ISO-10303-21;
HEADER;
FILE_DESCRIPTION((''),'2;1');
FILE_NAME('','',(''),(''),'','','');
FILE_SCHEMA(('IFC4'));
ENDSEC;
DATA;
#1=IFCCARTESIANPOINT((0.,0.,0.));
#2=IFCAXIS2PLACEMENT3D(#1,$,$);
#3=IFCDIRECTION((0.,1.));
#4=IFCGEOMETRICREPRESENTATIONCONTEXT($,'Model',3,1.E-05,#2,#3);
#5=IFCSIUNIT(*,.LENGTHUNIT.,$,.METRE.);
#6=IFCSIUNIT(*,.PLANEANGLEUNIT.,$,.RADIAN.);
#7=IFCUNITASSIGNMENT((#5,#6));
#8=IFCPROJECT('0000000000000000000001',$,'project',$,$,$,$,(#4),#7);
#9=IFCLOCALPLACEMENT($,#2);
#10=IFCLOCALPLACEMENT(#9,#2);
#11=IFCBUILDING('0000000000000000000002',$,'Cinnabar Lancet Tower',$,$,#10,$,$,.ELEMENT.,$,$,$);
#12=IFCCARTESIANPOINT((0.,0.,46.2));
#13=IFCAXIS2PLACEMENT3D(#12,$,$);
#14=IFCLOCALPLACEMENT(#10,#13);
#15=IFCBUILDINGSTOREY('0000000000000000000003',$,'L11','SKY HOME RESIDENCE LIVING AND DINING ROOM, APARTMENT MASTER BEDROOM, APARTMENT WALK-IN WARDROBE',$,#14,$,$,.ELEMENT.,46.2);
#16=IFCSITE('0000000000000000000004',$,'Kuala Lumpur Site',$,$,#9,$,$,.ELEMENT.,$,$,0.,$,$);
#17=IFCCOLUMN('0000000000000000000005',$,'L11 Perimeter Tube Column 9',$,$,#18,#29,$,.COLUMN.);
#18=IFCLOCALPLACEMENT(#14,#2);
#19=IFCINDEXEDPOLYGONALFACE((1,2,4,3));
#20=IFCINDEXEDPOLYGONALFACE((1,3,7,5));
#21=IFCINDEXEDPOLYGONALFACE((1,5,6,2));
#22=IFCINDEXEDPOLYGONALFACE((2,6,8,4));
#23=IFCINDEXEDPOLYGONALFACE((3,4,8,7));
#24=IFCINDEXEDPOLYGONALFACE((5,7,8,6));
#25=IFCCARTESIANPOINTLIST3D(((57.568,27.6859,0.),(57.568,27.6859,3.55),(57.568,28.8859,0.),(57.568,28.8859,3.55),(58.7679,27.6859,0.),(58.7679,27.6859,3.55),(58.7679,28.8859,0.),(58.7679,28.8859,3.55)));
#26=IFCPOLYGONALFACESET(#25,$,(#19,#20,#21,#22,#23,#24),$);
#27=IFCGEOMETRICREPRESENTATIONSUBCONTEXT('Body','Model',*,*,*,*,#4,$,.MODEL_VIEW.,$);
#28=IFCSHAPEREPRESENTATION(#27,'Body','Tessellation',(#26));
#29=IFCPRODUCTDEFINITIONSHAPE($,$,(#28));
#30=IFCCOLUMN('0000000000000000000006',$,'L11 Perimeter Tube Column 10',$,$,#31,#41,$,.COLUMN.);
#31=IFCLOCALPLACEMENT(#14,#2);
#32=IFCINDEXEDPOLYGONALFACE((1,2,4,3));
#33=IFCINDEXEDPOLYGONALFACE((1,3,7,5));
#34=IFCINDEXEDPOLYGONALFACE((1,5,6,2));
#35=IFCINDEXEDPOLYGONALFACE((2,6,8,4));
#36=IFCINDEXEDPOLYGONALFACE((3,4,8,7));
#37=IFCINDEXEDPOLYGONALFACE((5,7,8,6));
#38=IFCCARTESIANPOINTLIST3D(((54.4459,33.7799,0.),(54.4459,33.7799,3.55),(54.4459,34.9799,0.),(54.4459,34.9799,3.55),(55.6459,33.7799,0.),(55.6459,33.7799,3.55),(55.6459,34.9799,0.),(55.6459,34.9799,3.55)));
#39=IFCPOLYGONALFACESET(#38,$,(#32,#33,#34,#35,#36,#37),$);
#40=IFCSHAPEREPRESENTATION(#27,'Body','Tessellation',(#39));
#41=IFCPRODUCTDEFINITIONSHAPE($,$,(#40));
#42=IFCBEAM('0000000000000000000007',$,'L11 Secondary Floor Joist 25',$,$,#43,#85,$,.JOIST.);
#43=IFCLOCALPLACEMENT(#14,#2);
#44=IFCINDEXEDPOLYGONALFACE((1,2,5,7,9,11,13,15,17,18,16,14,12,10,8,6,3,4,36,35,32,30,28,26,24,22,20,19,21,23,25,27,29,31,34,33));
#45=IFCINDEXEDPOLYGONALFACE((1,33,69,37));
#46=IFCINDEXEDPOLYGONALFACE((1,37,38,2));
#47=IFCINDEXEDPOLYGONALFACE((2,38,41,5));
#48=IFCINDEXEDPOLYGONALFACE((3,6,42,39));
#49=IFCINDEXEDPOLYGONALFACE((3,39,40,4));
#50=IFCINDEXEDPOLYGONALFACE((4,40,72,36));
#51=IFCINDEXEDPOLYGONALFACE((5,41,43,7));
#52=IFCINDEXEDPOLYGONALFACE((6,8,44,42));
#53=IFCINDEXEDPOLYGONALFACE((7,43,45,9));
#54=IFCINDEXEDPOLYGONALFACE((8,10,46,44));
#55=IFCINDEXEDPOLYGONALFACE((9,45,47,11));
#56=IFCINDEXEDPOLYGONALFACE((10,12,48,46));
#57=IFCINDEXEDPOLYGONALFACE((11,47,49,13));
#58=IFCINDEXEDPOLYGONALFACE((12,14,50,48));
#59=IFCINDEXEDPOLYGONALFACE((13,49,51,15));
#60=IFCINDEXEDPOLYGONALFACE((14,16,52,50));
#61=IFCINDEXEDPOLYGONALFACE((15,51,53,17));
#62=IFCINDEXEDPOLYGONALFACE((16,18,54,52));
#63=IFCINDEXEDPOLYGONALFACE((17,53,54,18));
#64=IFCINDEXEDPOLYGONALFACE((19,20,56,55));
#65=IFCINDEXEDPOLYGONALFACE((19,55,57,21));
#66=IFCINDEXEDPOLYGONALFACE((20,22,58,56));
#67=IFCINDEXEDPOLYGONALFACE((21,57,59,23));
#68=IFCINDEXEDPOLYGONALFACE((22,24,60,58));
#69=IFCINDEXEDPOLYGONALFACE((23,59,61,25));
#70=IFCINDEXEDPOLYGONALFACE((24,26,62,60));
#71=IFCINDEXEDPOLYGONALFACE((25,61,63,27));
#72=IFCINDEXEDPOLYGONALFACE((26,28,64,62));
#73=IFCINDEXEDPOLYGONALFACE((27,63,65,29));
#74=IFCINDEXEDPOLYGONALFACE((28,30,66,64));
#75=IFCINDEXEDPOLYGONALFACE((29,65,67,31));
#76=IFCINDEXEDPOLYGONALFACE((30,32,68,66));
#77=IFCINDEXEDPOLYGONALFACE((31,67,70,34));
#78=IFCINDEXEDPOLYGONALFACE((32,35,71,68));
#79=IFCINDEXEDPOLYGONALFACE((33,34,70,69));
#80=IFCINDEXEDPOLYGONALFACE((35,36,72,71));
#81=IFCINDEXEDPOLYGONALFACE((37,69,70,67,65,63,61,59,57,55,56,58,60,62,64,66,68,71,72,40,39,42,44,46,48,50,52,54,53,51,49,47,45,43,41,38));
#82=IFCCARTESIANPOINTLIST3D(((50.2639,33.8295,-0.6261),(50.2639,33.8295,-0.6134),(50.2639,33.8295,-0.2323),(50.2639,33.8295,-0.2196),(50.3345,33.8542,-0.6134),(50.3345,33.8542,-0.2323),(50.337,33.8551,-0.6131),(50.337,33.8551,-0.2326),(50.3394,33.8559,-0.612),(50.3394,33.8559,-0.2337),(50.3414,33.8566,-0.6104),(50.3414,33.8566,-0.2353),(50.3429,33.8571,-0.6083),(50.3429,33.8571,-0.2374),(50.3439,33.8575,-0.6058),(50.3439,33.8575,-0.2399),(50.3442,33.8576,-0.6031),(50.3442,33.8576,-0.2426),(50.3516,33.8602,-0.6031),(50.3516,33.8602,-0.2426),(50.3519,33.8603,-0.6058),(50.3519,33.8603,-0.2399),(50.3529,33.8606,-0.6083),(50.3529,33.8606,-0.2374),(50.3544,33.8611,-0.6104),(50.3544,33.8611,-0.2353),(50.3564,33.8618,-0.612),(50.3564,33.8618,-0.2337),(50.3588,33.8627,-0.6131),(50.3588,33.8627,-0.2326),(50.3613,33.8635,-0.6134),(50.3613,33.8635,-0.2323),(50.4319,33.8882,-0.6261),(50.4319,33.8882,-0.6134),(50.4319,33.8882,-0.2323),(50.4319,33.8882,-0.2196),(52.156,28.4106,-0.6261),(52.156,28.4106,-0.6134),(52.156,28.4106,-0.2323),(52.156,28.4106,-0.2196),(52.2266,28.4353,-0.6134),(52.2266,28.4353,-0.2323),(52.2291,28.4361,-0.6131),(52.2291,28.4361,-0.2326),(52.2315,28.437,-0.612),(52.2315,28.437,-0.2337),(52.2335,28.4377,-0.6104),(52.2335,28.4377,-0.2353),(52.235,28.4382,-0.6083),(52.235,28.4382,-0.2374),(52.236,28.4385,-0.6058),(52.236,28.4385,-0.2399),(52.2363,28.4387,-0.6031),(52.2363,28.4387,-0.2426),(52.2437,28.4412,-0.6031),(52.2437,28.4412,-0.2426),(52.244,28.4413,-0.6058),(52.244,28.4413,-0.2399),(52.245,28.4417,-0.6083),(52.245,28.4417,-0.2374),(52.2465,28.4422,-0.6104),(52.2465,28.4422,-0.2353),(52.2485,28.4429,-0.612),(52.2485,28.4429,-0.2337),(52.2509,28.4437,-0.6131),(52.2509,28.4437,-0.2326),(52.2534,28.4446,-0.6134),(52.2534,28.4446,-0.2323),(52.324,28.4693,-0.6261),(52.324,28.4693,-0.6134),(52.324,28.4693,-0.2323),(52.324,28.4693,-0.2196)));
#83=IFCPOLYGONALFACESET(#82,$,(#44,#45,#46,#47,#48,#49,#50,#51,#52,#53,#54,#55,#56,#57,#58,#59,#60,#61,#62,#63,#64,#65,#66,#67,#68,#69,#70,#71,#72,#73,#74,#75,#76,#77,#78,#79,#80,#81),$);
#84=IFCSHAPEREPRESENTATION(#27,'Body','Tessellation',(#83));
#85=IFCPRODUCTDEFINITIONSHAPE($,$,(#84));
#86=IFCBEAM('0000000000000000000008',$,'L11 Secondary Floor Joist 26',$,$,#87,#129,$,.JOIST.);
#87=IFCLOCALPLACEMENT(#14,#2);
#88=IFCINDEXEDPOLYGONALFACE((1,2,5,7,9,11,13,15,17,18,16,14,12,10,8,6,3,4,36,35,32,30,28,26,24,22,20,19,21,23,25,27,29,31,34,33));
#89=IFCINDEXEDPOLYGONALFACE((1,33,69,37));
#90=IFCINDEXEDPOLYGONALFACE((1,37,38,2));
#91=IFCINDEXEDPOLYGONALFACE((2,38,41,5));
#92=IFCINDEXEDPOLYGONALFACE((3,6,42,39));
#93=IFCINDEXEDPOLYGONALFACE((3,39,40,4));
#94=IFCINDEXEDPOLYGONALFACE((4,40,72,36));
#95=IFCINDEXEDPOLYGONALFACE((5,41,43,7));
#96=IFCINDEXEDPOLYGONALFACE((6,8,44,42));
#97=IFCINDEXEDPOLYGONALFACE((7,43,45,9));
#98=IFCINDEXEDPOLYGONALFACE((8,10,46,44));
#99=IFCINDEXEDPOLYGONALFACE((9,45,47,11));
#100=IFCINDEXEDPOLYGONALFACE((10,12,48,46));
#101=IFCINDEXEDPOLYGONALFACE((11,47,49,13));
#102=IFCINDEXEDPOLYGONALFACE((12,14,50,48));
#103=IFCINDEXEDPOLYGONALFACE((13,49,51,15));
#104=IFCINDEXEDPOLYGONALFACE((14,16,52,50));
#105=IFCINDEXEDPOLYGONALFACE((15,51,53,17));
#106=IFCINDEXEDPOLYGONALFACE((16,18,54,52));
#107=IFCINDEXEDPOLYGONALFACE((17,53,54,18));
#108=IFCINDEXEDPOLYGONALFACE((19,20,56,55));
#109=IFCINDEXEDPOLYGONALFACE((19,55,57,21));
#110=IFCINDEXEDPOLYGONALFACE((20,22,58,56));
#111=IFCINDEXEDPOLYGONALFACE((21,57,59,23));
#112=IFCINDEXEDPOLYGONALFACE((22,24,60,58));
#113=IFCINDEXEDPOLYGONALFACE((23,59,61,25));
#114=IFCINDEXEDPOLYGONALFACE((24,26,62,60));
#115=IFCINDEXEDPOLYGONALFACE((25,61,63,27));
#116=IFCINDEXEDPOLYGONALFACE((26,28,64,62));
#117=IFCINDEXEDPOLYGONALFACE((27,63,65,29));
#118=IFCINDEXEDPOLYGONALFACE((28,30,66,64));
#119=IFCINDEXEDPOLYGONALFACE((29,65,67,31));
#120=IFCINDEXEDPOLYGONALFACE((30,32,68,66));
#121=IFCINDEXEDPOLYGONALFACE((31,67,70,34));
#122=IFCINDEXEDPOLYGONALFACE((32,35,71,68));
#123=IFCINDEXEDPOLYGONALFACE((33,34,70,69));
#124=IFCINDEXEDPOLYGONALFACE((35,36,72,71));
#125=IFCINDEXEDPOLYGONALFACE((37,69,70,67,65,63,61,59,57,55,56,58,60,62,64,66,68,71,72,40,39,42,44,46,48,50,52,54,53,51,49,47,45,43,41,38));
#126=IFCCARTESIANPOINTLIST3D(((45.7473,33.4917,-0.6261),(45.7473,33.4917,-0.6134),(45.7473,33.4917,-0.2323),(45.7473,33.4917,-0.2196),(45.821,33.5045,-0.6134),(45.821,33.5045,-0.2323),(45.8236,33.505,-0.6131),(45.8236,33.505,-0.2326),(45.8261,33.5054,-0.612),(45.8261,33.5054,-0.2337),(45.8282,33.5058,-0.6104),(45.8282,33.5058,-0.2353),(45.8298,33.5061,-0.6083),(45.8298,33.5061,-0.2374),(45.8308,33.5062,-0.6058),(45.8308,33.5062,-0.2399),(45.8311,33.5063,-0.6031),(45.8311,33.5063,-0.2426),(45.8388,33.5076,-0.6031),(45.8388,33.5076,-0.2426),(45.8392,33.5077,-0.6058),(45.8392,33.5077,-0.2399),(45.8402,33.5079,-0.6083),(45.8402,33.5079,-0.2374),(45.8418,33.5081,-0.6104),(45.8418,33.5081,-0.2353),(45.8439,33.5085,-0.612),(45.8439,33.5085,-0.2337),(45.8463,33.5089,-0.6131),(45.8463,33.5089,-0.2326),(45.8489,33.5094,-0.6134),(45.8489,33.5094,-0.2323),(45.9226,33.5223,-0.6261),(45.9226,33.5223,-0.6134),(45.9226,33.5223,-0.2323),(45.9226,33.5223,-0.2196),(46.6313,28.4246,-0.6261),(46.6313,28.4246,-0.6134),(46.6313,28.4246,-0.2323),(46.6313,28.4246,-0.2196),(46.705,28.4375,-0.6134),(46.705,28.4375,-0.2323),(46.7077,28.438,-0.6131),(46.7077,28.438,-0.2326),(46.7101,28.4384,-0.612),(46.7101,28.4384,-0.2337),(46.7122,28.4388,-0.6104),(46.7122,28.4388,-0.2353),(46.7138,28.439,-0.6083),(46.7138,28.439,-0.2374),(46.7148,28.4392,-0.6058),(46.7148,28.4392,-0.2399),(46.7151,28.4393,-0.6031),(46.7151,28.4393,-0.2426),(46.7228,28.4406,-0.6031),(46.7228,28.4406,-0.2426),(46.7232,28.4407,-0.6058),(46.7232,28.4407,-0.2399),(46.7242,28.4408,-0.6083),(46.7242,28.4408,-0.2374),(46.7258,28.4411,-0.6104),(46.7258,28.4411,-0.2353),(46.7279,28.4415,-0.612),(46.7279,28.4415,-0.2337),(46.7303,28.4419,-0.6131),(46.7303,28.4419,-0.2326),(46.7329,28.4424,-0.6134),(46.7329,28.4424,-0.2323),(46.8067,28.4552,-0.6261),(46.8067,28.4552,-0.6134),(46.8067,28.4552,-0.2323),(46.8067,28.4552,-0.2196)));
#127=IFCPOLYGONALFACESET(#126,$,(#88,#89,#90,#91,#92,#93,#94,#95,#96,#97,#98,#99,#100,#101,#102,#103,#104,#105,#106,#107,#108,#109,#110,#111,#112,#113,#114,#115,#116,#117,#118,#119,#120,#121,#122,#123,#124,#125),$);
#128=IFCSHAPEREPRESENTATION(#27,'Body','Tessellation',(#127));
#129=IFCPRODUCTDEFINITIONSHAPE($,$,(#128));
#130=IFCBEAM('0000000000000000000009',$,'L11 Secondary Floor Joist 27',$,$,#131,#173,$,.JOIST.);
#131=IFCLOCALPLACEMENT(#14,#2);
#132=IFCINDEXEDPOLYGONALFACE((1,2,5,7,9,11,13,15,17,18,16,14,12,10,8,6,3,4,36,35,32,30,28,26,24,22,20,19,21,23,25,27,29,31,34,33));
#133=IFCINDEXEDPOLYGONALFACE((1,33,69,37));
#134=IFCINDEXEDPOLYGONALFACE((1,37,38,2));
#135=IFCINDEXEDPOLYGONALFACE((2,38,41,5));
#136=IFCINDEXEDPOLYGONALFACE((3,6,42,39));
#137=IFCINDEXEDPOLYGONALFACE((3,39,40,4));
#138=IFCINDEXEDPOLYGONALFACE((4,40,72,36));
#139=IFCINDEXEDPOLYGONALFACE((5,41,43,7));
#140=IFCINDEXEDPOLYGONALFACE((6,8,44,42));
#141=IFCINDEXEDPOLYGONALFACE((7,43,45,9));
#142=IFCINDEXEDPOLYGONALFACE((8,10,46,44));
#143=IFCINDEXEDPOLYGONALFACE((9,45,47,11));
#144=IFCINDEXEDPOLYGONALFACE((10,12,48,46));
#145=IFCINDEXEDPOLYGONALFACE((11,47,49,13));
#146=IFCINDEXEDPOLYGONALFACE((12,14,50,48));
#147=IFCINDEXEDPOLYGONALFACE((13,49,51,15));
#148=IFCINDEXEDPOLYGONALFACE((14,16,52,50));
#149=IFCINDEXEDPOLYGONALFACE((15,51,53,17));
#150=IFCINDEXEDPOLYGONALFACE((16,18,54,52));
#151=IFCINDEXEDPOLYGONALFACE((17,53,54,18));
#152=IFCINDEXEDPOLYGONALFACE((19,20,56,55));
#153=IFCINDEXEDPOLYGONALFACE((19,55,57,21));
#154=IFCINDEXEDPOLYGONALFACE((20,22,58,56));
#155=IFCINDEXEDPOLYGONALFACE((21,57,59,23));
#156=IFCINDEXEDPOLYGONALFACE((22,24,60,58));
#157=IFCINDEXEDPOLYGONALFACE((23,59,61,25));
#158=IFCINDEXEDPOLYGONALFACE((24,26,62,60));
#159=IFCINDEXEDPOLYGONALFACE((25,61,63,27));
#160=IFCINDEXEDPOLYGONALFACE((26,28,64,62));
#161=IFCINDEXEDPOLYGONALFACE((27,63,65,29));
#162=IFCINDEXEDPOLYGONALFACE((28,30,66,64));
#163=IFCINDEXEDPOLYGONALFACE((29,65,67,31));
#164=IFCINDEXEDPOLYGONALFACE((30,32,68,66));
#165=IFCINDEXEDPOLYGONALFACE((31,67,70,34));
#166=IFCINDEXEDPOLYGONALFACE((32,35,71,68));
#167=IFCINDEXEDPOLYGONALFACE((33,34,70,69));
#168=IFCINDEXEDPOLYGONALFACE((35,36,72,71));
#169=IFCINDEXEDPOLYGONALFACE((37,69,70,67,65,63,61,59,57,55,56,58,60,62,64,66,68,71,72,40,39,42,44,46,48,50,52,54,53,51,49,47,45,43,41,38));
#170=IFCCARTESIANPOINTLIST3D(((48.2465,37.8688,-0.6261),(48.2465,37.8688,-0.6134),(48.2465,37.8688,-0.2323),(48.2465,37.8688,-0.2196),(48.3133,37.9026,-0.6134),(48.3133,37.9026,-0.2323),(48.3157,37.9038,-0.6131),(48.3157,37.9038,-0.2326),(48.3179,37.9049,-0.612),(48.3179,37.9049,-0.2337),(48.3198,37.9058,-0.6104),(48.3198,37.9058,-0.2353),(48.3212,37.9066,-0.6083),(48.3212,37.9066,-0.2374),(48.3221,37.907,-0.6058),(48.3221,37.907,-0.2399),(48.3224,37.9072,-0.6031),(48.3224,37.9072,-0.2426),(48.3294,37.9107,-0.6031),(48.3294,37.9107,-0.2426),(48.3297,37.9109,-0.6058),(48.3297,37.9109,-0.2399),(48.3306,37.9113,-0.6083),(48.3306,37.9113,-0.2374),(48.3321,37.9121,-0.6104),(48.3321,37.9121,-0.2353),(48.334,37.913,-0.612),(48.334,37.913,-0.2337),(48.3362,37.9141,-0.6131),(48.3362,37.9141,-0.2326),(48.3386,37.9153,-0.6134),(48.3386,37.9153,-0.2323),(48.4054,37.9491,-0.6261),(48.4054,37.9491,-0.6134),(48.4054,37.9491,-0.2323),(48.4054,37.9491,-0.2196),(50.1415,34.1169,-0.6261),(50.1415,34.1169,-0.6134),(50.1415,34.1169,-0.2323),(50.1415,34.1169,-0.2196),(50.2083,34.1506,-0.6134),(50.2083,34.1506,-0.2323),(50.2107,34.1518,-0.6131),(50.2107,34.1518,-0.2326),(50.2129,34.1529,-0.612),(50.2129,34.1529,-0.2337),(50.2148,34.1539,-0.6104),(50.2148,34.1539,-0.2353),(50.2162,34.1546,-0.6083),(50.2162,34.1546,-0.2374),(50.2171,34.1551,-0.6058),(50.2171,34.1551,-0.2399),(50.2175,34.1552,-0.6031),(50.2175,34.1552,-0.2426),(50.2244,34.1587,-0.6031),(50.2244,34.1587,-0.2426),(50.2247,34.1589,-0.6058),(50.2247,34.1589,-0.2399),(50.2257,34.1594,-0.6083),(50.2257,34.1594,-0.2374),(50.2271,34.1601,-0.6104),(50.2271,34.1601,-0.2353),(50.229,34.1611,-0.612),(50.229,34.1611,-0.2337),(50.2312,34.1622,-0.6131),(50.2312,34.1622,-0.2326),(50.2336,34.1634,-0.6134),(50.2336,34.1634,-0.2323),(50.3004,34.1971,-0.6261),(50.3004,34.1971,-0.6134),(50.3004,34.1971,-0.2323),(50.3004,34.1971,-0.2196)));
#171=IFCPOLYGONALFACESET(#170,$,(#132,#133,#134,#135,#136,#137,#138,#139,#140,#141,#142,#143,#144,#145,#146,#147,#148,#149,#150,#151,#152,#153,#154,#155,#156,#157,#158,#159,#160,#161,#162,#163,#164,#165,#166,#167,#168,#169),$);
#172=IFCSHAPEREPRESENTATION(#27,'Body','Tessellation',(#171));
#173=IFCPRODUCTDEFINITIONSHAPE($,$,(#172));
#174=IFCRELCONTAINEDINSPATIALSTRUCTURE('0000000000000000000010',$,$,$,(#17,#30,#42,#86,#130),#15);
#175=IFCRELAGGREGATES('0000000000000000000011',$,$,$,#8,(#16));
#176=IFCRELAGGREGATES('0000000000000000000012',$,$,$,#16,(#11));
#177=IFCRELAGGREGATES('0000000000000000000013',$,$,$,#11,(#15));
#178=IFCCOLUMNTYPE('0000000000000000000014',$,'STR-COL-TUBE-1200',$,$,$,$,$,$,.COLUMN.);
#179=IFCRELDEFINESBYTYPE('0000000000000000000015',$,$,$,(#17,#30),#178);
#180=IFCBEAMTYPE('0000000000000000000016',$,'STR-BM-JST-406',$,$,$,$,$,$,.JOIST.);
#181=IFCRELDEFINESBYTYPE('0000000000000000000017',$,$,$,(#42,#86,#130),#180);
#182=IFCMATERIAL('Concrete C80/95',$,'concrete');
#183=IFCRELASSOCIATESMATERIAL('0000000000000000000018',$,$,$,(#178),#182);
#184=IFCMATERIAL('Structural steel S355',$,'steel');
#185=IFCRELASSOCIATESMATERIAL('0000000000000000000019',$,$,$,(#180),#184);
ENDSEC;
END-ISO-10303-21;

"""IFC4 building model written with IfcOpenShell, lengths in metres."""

from ifc_helpers import new_model, si_unit, direction, frame, origin, origin_2d, place, context, subcontext, project, spatial, rectangle, i_section, extrude, material, material_profile, profile_set, type_object, element, save


model = new_model("IFC4")

# Units and contexts
model_context = context("Model", 3, precision=1e-05, world=origin(), true_north=direction((0.0, 1.0)))
body_context = subcontext(model_context, "Body", "Model", "MODEL_VIEW")
ifc_project = project(units=[si_unit("LENGTHUNIT", "METRE"), si_unit("PLANEANGLEUNIT", "RADIAN")], contexts=[model_context])

# Site, building, storey
site_placement = place(None, origin())
site = spatial("IfcSite", under=ifc_project, at=site_placement, Name="Kuala Lumpur Site", CompositionType="ELEMENT", RefElevation=0.0)
building_placement = place(site_placement, origin())
building = spatial("IfcBuilding", under=site, at=building_placement, Name="Cinnabar Lancet Tower", CompositionType="ELEMENT")
storey_placement = place(building_placement, frame((0.0, 0.0, 46.2)))
storey = spatial("IfcBuildingStorey", under=building, at=storey_placement, Name="L11", Description="SKY HOME RESIDENCE LIVING AND DINING ROOM, APARTMENT MASTER BEDROOM, APARTMENT WALK-IN WARDROBE", CompositionType="ELEMENT", Elevation=46.2)

# Columns
ifc_material_1 = material(Name="Concrete C80/95", Category="concrete")
ifc_material_profile_1 = material_profile(ifc_material_1, rectangle(XDim=1.2, YDim=1.2, at=origin_2d()), Name="RC-COL 1200x1200")
ifc_profile_set_1 = profile_set([ifc_material_profile_1], Name="Concrete C80/95")
column_type = type_object("IfcColumnType", Name="STR-COL-TUBE-1200", PredefinedType="COLUMN", material=ifc_profile_set_1)
for number, where, z_axis, x_axis, name in (
    (1, (58.168, 28.2859, 0.0), (0.0, 0.0, 1.0), (1.0, 0.0, 0.0), "L11 Perimeter Tube Column 9"),
    (2, (55.0459, 34.3799, 0.0), (0.0, 0.0, 1.0), (1.0, 0.0, 0.0), "L11 Perimeter Tube Column 10"),
):
    element("IfcColumn", number, at=place(storey_placement, frame(where, z_axis=z_axis, x_axis=x_axis)), inside=storey, type_object=column_type, Name=name, PredefinedType="COLUMN", context=body_context, shape_type="SweptSolid", body=[
        extrude(rectangle(XDim=1.2, YDim=1.2, at=origin_2d()), origin(), (0.0, 0.0, 1.0), 3.55),
    ])

# Beams
ifc_material_2 = material(Name="Structural steel S355", Category="steel")
ifc_material_profile_2 = material_profile(ifc_material_2, i_section(OverallWidth=0.178, OverallDepth=0.4065, WebThickness=0.0078, FlangeThickness=0.0127, FilletRadius=0.0103, at=origin_2d()), Name="UKB 406x178x60")
ifc_profile_set_2 = profile_set([ifc_material_profile_2], Name="Structural steel S355")
beam_type_1 = type_object("IfcBeamType", Name="STR-BM-JST-406", PredefinedType="JOIST", material=ifc_profile_set_2)
beam_1_placement = place(storey_placement, frame((52.24, 28.4399, -0.4229), z_axis=(-0.329646, 0.944105, 0.0), x_axis=(-0.944105, -0.329646, 0.0)))
element("IfcBeam", 3, at=beam_1_placement, inside=storey, type_object=beam_type_1, Name="L11 Secondary Floor Joist 25", PredefinedType="JOIST", context=body_context, shape_type="SweptSolid", body=[
    extrude(i_section(OverallWidth=0.178, OverallDepth=0.4065, WebThickness=0.0078, FlangeThickness=0.0127, FilletRadius=0.0103, at=origin_2d()), origin(), (0.0, 0.0, 1.0), 5.7397),
])
beam_2_placement = place(storey_placement, frame((46.719, 28.4399, -0.4229), z_axis=(-0.171868, 0.98512, 0.0), x_axis=(-0.98512, -0.171868, 0.0)))
element("IfcBeam", 4, at=beam_2_placement, inside=storey, type_object=beam_type_1, Name="L11 Secondary Floor Joist 26", PredefinedType="JOIST", context=body_context, shape_type="SweptSolid", body=[
    extrude(i_section(OverallWidth=0.178, OverallDepth=0.4065, WebThickness=0.0078, FlangeThickness=0.0127, FilletRadius=0.0103, at=origin_2d()), origin(), (0.0, 0.0, 1.0), 5.1436),
])
beam_3_placement = place(storey_placement, frame((50.2209, 34.157, -0.4229), z_axis=(-0.450834, 0.892608, 0.0), x_axis=(-0.892608, -0.450834, 0.0)))
element("IfcBeam", 5, at=beam_3_placement, inside=storey, type_object=beam_type_1, Name="L11 Secondary Floor Joist 27", PredefinedType="JOIST", context=body_context, shape_type="SweptSolid", body=[
    extrude(i_section(OverallWidth=0.178, OverallDepth=0.4065, WebThickness=0.0078, FlangeThickness=0.0127, FilletRadius=0.0103, at=origin_2d()), origin(), (0.0, 0.0, 1.0), 4.2034),
])

save(model, "model.ifc")
